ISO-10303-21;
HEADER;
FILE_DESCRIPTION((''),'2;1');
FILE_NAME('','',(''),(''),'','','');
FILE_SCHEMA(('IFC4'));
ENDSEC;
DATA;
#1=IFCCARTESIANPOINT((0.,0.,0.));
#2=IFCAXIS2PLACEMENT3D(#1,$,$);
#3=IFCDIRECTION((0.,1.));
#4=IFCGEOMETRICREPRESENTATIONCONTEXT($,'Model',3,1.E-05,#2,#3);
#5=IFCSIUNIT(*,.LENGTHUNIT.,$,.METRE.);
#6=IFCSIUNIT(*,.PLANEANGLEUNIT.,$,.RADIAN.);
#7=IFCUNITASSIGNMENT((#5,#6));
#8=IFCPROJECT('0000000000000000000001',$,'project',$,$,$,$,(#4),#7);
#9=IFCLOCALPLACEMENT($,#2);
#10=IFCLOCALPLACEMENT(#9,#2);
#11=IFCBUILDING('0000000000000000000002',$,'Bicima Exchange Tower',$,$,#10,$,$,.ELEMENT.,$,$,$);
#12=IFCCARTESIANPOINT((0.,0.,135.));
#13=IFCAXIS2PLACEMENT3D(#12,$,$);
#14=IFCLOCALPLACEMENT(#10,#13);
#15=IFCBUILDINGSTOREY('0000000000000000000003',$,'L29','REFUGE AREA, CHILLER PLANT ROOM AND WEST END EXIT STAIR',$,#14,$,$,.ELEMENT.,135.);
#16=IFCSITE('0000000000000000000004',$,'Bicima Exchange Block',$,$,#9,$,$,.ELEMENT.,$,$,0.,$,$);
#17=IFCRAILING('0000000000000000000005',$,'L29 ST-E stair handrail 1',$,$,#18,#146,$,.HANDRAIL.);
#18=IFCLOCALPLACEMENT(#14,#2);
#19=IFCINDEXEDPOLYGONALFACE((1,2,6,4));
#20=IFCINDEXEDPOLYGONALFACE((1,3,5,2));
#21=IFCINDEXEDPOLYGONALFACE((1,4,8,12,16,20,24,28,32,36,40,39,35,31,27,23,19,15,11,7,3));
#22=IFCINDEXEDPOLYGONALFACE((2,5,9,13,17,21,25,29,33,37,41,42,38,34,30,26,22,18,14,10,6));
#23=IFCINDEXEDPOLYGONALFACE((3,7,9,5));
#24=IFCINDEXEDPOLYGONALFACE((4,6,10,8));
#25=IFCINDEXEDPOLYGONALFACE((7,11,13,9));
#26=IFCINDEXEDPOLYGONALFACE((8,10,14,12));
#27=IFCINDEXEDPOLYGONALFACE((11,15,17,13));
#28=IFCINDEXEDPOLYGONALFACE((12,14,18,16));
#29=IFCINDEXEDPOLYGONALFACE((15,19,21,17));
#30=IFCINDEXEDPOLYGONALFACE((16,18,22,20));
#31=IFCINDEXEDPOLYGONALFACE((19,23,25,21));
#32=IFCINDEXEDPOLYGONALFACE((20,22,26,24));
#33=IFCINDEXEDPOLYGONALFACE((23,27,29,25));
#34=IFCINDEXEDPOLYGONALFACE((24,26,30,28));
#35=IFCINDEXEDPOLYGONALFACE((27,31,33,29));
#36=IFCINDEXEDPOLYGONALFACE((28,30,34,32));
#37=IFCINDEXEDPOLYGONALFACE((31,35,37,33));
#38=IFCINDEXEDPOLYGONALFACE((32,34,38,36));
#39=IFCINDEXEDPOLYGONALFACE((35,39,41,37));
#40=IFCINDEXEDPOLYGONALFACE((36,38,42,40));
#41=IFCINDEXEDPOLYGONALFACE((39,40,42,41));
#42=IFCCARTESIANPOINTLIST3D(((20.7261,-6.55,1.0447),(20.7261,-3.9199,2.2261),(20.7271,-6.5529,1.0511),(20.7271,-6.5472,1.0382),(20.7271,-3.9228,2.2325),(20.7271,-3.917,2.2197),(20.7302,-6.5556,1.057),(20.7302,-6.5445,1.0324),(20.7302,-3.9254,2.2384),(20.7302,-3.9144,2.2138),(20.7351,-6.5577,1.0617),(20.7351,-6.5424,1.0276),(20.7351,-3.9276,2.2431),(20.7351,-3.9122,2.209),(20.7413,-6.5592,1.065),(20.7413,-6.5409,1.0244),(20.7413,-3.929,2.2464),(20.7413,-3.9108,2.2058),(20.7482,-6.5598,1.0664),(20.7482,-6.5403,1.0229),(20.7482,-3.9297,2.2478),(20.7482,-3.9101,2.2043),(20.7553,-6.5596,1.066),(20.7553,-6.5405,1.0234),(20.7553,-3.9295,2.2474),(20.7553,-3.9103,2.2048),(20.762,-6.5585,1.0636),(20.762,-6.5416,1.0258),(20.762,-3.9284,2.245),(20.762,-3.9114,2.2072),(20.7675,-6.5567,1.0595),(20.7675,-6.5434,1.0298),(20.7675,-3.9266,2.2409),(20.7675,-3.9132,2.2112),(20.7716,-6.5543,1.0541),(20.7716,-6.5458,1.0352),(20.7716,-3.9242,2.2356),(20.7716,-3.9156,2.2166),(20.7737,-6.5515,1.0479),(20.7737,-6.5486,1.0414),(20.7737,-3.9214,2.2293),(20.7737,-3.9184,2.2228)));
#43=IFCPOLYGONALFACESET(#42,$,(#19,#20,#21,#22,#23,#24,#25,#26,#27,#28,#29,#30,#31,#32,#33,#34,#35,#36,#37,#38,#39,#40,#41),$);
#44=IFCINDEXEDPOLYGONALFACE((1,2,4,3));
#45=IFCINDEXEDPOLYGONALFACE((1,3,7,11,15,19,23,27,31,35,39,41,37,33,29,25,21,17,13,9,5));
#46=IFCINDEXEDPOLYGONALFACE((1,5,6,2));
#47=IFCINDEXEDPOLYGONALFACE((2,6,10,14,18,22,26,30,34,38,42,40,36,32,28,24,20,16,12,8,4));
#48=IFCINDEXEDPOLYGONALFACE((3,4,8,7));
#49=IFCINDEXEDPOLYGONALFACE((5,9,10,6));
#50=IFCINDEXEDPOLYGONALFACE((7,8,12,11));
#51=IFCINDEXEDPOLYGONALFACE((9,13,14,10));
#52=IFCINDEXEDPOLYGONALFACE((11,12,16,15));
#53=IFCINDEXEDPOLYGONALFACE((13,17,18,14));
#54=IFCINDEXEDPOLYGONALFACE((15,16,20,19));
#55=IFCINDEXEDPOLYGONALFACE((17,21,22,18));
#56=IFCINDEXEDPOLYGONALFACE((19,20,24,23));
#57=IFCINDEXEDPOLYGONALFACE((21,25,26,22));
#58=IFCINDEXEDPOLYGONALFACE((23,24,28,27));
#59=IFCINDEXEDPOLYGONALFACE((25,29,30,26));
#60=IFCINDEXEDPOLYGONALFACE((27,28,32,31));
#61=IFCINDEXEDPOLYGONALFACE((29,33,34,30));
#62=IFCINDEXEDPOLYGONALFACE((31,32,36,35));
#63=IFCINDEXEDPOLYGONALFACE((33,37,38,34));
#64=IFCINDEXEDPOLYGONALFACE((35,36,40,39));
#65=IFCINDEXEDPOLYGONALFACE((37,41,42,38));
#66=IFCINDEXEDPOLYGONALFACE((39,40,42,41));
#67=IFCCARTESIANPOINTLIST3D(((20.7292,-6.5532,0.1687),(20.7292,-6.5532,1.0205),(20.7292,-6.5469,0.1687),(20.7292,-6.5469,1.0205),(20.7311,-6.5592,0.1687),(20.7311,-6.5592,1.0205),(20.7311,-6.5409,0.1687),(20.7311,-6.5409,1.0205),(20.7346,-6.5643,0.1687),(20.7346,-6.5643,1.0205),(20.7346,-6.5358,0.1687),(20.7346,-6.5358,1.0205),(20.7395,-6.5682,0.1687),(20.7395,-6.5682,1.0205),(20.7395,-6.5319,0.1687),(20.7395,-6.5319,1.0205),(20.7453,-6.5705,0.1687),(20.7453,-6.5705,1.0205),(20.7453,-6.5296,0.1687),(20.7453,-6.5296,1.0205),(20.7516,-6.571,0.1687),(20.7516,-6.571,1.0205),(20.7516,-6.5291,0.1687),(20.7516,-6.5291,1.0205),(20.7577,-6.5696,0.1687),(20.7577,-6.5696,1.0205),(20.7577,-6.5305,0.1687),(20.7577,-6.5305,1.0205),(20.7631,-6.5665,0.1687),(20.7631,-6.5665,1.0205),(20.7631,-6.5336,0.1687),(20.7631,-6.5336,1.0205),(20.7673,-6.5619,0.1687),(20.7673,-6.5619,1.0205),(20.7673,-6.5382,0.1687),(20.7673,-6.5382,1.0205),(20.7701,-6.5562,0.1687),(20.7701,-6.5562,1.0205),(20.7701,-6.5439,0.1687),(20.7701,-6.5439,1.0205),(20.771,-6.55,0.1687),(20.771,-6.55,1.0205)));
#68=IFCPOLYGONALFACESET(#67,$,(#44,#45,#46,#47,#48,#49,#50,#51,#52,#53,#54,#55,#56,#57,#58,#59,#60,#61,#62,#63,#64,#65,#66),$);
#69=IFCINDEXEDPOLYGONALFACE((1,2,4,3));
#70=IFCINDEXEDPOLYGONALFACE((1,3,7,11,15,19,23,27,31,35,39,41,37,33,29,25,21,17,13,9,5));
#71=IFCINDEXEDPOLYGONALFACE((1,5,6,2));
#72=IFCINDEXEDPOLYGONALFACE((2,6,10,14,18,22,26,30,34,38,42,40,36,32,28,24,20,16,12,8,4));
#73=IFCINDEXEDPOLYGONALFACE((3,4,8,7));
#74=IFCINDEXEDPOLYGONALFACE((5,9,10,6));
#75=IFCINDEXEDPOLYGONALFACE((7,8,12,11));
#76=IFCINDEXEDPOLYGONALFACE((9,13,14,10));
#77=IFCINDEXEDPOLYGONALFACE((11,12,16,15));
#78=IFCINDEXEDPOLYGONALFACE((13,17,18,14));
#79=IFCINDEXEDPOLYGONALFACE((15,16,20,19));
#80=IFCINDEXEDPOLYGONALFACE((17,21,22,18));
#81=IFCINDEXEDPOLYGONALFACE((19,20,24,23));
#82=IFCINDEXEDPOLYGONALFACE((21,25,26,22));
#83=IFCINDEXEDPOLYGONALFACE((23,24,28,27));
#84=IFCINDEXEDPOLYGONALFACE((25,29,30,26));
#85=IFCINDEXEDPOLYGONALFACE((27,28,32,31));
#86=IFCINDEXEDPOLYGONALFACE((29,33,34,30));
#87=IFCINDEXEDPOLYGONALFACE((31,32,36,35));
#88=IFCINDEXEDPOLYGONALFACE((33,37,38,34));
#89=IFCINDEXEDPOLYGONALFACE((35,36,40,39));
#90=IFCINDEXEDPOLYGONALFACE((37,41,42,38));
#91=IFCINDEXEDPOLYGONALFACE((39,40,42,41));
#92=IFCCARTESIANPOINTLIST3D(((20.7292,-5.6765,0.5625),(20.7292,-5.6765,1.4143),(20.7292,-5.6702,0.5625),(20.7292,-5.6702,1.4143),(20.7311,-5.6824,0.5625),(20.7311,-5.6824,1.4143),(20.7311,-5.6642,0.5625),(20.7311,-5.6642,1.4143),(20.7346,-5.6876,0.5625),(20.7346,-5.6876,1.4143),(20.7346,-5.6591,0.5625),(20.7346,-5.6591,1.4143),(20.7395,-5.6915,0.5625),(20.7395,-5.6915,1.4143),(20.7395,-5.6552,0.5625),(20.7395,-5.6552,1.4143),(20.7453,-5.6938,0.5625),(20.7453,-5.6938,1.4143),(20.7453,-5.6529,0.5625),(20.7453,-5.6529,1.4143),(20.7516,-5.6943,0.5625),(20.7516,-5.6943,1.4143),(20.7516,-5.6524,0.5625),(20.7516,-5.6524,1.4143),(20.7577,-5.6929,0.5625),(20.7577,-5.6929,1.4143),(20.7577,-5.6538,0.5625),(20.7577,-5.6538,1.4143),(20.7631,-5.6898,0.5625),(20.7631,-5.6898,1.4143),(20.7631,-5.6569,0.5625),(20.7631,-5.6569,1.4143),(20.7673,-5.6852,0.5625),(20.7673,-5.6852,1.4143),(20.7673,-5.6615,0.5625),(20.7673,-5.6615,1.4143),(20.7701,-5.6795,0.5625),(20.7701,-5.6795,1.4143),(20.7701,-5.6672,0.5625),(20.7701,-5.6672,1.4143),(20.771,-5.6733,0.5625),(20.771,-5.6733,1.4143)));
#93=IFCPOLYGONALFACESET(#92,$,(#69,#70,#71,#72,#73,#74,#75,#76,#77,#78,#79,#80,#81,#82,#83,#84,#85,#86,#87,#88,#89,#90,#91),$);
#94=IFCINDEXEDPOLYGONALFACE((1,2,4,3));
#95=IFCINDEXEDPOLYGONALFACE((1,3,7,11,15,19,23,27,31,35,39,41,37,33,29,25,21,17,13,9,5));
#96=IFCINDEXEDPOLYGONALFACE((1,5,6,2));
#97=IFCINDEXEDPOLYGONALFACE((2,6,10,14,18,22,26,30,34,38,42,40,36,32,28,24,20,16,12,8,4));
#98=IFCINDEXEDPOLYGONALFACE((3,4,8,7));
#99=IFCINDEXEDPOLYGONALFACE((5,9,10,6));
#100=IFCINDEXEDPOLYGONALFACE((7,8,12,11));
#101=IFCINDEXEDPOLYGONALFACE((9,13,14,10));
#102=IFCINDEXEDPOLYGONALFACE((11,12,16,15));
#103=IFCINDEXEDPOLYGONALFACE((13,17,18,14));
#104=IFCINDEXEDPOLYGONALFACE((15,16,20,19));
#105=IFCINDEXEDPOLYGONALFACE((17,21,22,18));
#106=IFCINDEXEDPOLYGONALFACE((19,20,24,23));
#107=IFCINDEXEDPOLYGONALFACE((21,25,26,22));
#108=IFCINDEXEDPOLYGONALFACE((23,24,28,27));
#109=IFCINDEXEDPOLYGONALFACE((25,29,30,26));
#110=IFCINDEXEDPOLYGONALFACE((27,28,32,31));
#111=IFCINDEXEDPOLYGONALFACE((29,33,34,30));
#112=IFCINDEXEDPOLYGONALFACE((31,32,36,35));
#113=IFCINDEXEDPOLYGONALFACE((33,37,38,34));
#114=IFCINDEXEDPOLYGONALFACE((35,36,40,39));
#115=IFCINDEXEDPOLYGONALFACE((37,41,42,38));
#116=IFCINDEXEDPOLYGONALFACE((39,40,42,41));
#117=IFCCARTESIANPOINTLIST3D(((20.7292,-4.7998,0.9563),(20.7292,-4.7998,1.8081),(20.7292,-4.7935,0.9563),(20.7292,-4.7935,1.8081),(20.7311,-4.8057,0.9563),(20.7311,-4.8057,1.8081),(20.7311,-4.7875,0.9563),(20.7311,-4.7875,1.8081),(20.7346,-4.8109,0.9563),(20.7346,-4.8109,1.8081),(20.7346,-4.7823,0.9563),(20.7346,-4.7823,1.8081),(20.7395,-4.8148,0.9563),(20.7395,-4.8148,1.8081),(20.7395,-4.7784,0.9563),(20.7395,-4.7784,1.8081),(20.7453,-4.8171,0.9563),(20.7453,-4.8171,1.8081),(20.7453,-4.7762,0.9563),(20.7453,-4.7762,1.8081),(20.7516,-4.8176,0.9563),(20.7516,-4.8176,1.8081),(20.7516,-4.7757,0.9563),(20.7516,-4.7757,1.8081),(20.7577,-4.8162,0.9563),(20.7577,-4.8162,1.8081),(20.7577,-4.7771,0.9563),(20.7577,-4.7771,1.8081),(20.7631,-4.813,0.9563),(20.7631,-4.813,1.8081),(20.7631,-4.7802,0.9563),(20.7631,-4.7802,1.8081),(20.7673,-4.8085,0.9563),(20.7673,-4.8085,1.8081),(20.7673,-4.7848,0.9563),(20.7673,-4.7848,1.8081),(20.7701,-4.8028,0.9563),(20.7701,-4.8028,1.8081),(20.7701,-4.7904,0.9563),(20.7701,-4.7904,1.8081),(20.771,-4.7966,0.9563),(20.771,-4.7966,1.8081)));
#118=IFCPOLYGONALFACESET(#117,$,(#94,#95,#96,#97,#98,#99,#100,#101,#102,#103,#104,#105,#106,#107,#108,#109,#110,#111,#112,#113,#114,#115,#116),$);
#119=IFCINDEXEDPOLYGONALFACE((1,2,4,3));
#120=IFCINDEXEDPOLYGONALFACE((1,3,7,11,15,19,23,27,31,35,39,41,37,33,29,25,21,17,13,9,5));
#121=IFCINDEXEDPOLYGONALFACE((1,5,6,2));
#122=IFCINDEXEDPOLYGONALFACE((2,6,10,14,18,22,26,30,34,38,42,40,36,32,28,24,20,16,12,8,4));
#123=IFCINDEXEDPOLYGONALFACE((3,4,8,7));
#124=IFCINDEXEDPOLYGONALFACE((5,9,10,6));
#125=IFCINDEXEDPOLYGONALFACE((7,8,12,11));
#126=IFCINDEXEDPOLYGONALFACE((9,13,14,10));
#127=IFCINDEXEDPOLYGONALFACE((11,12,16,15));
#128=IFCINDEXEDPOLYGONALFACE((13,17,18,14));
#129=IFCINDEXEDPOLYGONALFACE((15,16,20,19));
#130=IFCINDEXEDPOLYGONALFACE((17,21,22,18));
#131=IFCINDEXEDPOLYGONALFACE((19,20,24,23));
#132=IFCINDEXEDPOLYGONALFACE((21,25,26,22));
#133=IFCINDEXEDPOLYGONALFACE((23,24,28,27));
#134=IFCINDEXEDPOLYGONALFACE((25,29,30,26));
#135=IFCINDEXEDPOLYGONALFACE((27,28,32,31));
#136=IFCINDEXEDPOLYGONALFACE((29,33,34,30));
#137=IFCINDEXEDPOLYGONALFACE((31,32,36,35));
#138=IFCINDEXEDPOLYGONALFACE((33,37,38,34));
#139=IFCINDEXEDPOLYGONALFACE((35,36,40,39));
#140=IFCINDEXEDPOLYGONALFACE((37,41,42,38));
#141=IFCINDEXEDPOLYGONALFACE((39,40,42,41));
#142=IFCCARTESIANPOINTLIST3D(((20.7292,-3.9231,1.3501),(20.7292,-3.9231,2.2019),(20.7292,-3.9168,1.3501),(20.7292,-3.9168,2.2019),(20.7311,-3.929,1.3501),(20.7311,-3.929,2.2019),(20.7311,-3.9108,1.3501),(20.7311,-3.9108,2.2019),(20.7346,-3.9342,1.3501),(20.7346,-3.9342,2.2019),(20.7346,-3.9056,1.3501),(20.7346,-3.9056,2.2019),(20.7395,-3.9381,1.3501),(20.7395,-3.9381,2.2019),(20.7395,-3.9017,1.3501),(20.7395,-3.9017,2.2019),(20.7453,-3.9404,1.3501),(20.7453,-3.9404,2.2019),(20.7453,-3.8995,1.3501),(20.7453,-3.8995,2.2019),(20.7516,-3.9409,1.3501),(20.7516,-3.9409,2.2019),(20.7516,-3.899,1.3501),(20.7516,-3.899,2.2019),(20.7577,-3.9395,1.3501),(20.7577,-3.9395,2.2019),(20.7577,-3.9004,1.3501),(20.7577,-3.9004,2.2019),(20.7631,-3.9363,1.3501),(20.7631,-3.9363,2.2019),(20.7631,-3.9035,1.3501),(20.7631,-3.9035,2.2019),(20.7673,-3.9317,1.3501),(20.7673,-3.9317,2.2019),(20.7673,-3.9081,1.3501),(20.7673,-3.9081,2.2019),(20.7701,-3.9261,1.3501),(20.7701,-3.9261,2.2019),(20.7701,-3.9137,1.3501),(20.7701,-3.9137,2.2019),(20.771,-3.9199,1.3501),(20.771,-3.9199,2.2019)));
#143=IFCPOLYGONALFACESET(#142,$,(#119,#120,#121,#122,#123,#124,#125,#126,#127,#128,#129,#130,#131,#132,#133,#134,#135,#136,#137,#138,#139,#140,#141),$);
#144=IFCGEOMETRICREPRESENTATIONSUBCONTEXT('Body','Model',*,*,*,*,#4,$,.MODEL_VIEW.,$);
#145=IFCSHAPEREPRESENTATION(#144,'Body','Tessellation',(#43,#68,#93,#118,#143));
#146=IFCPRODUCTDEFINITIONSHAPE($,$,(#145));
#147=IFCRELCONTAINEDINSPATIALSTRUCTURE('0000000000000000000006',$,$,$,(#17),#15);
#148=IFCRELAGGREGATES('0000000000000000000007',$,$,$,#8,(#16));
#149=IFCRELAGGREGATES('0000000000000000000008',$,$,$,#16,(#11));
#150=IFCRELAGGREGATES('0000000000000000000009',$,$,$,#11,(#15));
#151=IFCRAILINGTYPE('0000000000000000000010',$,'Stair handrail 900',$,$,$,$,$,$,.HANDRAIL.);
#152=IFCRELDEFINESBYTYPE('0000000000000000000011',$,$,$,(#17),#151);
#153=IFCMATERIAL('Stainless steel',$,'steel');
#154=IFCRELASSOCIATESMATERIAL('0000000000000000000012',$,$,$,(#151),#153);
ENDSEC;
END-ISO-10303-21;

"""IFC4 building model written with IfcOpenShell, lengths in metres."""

from ifc_helpers import new_model, si_unit, direction, frame, origin, origin_2d, place, context, subcontext, project, spatial, circle, extrude, material, type_object, element, save


model = new_model("IFC4")

# Units and contexts
model_context = context("Model", 3, precision=1e-05, world=origin(), true_north=direction((0.0, 1.0)))
body_context = subcontext(model_context, "Body", "Model", "MODEL_VIEW")
ifc_project = project(units=[si_unit("LENGTHUNIT", "METRE"), si_unit("PLANEANGLEUNIT", "RADIAN")], contexts=[model_context])

# Site, building, storey
site_placement = place(None, origin())
site = spatial("IfcSite", under=ifc_project, at=site_placement, Name="Bicima Exchange Block", CompositionType="ELEMENT", RefElevation=0.0)
building_placement = place(site_placement, origin())
building = spatial("IfcBuilding", under=site, at=building_placement, Name="Bicima Exchange Tower", CompositionType="ELEMENT")
storey_placement = place(building_placement, frame((0.0, 0.0, 135.0)))
storey = spatial("IfcBuildingStorey", under=building, at=storey_placement, Name="L29", Description="REFUGE AREA, CHILLER PLANT ROOM AND WEST END EXIT STAIR", CompositionType="ELEMENT", Elevation=135.0)

# Shared definitions
ifc_material_1 = material(Name="Stainless steel", Category="steel")

# Railing
railing_type_1 = type_object("IfcRailingType", Name="Stair handrail 900", PredefinedType="HANDRAIL", material=ifc_material_1)
railing_1_placement = place(storey_placement, frame((20.75, -6.55, 0.1687)))
element("IfcRailing", 1, at=railing_1_placement, inside=storey, type_object=railing_type_1, Name="L29 ST-E stair handrail 1", PredefinedType="HANDRAIL", context=body_context, shape_type="SweptSolid", body=[
    extrude(circle(Radius=0.0239, at=origin_2d()), frame((0.0, 0.0, 0.876), z_axis=(0.0, 0.912202, 0.409741), x_axis=(-1.0, 0.0, 0.0)), (0.0, 0.0, 1.0), 2.8833),
    extrude(circle(Radius=0.021, at=origin_2d()), origin(), (0.0, 0.0, 1.0), 0.8518),
    extrude(circle(Radius=0.021, at=origin_2d()), frame((0.0, 0.8767, 0.3938)), (0.0, 0.0, 1.0), 0.8518),
    extrude(circle(Radius=0.021, at=origin_2d()), frame((0.0, 1.7534, 0.7876)), (0.0, 0.0, 1.0), 0.8518),
    extrude(circle(Radius=0.021, at=origin_2d()), frame((0.0, 2.6301, 1.1814)), (0.0, 0.0, 1.0), 0.8518),
])

save(model, "model.ifc")
